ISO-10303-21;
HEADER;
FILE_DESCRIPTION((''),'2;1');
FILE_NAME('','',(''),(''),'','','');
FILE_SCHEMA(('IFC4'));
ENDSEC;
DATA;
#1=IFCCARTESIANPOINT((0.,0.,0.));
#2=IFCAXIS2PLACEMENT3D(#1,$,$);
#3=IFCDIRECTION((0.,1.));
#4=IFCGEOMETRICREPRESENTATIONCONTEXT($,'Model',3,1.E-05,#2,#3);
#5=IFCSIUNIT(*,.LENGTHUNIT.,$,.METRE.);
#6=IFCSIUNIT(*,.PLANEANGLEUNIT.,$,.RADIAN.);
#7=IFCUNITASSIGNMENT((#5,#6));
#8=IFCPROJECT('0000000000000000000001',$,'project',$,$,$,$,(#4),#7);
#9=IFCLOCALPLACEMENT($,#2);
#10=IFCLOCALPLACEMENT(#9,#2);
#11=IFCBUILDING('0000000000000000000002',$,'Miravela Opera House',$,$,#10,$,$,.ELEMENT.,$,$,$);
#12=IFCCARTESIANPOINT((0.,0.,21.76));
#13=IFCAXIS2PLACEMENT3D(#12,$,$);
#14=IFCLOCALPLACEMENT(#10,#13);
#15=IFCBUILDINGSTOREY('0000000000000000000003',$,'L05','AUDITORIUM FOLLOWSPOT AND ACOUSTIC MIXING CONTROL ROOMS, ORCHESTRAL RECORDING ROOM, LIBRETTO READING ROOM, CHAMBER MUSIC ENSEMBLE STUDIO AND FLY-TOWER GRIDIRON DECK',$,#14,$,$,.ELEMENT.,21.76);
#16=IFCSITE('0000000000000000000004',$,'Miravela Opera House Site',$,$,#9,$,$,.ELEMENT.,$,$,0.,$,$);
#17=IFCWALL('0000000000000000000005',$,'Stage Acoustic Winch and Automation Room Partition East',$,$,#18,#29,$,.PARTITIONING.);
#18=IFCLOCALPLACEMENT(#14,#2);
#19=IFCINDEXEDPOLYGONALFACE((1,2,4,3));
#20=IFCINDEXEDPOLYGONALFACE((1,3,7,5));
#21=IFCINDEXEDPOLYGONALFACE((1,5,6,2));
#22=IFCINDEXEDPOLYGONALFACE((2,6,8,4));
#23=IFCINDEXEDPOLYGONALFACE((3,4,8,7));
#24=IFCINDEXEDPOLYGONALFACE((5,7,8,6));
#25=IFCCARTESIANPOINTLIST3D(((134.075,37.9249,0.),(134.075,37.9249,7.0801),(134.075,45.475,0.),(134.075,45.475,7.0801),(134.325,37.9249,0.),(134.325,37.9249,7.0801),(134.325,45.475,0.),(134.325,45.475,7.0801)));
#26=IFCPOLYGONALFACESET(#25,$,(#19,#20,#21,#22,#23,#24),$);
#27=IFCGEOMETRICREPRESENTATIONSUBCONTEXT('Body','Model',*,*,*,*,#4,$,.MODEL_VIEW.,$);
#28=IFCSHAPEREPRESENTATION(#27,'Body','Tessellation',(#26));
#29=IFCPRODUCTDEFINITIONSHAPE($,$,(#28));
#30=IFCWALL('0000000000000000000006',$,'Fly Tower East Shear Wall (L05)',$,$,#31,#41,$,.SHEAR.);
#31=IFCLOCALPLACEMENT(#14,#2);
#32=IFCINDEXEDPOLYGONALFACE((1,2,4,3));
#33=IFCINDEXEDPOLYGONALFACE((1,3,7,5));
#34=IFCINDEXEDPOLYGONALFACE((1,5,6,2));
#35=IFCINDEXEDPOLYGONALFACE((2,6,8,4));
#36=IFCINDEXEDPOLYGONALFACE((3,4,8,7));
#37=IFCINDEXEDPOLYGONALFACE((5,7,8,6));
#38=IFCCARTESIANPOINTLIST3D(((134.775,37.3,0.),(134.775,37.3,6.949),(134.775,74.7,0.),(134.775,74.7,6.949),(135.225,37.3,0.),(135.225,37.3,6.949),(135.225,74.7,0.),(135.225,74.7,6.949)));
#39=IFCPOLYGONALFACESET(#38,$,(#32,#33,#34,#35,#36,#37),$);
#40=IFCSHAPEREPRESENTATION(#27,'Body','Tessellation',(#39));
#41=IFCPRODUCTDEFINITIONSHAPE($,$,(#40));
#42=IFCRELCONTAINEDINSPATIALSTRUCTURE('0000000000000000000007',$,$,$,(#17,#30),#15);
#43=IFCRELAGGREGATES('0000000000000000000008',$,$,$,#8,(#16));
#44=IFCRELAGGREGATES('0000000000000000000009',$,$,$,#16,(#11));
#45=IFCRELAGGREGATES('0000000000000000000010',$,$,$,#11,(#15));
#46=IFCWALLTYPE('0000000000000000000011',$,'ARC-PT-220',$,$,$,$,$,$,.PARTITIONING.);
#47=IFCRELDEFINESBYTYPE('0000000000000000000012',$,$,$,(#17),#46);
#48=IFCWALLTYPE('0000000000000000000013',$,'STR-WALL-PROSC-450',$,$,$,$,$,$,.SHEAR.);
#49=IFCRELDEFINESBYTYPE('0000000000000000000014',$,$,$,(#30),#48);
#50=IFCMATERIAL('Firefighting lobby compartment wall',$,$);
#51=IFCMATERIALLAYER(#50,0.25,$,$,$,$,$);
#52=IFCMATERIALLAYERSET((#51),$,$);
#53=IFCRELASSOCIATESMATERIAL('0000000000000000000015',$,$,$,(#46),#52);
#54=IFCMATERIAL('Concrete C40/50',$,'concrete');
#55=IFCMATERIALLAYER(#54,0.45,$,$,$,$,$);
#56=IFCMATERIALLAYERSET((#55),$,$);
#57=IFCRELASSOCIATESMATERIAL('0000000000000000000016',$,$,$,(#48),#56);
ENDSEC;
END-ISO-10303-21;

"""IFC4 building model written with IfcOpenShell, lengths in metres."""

from ifc_helpers import new_model, si_unit, direction, frame, frame_2d, origin, place, context, subcontext, project, spatial, rectangle, extrude, material, layer, layer_set, type_object, element, save


model = new_model("IFC4")

# Units and contexts
model_context = context("Model", 3, precision=1e-05, world=origin(), true_north=direction((0.0, 1.0)))
body_context = subcontext(model_context, "Body", "Model", "MODEL_VIEW")
ifc_project = project(units=[si_unit("LENGTHUNIT", "METRE"), si_unit("PLANEANGLEUNIT", "RADIAN")], contexts=[model_context])

# Site, building, storey
site_placement = place(None, origin())
site = spatial("IfcSite", under=ifc_project, at=site_placement, Name="Miravela Opera House Site", CompositionType="ELEMENT", RefElevation=0.0)
building_placement = place(site_placement, origin())
building = spatial("IfcBuilding", under=site, at=building_placement, Name="Miravela Opera House", CompositionType="ELEMENT")
storey_placement = place(building_placement, frame((0.0, 0.0, 21.76)))
storey = spatial("IfcBuildingStorey", under=building, at=storey_placement, Name="L05", Description="AUDITORIUM FOLLOWSPOT AND ACOUSTIC MIXING CONTROL ROOMS, ORCHESTRAL RECORDING ROOM, LIBRETTO READING ROOM, CHAMBER MUSIC ENSEMBLE STUDIO AND FLY-TOWER GRIDIRON DECK", CompositionType="ELEMENT", Elevation=21.76)

# Walls
ifc_material_1 = material(Name="Firefighting lobby compartment wall")
ifc_layer_1 = layer(ifc_material_1, 0.25)
ifc_layer_set_1 = layer_set([ifc_layer_1])
wall_type_1 = type_object("IfcWallType", Name="ARC-PT-220", PredefinedType="PARTITIONING", material=ifc_layer_set_1)
wall_1_placement = place(storey_placement, frame((134.2, 37.925, 0.0), z_axis=(0.0, 0.0, 1.0), x_axis=(0.0, 1.0, 0.0)))
element("IfcWall", 1, at=wall_1_placement, inside=storey, type_object=wall_type_1, Name="Stage Acoustic Winch and Automation Room Partition East", PredefinedType="PARTITIONING", context=body_context, shape_type="SweptSolid", body=[
    extrude(rectangle(XDim=7.55, YDim=0.25, at=frame_2d((3.7749, 0.0))), origin(), (0.0, 0.0, 1.0), 7.0801),
])
ifc_material_2 = material(Name="Concrete C40/50", Category="concrete")
ifc_layer_2 = layer(ifc_material_2, 0.45)
ifc_layer_set_2 = layer_set([ifc_layer_2])
wall_type_2 = type_object("IfcWallType", Name="STR-WALL-PROSC-450", PredefinedType="SHEAR", material=ifc_layer_set_2)
wall_2_placement = place(storey_placement, frame((135.0, 37.3, 0.0), z_axis=(0.0, 0.0, 1.0), x_axis=(0.0, 1.0, 0.0)))
element("IfcWall", 2, at=wall_2_placement, inside=storey, type_object=wall_type_2, Name="Fly Tower East Shear Wall (L05)", PredefinedType="SHEAR", context=body_context, shape_type="SweptSolid", body=[
    extrude(rectangle(XDim=37.3999, YDim=0.45, at=frame_2d((18.7, 0.0))), origin(), (0.0, 0.0, 1.0), 6.949),
])

save(model, "model.ifc")
